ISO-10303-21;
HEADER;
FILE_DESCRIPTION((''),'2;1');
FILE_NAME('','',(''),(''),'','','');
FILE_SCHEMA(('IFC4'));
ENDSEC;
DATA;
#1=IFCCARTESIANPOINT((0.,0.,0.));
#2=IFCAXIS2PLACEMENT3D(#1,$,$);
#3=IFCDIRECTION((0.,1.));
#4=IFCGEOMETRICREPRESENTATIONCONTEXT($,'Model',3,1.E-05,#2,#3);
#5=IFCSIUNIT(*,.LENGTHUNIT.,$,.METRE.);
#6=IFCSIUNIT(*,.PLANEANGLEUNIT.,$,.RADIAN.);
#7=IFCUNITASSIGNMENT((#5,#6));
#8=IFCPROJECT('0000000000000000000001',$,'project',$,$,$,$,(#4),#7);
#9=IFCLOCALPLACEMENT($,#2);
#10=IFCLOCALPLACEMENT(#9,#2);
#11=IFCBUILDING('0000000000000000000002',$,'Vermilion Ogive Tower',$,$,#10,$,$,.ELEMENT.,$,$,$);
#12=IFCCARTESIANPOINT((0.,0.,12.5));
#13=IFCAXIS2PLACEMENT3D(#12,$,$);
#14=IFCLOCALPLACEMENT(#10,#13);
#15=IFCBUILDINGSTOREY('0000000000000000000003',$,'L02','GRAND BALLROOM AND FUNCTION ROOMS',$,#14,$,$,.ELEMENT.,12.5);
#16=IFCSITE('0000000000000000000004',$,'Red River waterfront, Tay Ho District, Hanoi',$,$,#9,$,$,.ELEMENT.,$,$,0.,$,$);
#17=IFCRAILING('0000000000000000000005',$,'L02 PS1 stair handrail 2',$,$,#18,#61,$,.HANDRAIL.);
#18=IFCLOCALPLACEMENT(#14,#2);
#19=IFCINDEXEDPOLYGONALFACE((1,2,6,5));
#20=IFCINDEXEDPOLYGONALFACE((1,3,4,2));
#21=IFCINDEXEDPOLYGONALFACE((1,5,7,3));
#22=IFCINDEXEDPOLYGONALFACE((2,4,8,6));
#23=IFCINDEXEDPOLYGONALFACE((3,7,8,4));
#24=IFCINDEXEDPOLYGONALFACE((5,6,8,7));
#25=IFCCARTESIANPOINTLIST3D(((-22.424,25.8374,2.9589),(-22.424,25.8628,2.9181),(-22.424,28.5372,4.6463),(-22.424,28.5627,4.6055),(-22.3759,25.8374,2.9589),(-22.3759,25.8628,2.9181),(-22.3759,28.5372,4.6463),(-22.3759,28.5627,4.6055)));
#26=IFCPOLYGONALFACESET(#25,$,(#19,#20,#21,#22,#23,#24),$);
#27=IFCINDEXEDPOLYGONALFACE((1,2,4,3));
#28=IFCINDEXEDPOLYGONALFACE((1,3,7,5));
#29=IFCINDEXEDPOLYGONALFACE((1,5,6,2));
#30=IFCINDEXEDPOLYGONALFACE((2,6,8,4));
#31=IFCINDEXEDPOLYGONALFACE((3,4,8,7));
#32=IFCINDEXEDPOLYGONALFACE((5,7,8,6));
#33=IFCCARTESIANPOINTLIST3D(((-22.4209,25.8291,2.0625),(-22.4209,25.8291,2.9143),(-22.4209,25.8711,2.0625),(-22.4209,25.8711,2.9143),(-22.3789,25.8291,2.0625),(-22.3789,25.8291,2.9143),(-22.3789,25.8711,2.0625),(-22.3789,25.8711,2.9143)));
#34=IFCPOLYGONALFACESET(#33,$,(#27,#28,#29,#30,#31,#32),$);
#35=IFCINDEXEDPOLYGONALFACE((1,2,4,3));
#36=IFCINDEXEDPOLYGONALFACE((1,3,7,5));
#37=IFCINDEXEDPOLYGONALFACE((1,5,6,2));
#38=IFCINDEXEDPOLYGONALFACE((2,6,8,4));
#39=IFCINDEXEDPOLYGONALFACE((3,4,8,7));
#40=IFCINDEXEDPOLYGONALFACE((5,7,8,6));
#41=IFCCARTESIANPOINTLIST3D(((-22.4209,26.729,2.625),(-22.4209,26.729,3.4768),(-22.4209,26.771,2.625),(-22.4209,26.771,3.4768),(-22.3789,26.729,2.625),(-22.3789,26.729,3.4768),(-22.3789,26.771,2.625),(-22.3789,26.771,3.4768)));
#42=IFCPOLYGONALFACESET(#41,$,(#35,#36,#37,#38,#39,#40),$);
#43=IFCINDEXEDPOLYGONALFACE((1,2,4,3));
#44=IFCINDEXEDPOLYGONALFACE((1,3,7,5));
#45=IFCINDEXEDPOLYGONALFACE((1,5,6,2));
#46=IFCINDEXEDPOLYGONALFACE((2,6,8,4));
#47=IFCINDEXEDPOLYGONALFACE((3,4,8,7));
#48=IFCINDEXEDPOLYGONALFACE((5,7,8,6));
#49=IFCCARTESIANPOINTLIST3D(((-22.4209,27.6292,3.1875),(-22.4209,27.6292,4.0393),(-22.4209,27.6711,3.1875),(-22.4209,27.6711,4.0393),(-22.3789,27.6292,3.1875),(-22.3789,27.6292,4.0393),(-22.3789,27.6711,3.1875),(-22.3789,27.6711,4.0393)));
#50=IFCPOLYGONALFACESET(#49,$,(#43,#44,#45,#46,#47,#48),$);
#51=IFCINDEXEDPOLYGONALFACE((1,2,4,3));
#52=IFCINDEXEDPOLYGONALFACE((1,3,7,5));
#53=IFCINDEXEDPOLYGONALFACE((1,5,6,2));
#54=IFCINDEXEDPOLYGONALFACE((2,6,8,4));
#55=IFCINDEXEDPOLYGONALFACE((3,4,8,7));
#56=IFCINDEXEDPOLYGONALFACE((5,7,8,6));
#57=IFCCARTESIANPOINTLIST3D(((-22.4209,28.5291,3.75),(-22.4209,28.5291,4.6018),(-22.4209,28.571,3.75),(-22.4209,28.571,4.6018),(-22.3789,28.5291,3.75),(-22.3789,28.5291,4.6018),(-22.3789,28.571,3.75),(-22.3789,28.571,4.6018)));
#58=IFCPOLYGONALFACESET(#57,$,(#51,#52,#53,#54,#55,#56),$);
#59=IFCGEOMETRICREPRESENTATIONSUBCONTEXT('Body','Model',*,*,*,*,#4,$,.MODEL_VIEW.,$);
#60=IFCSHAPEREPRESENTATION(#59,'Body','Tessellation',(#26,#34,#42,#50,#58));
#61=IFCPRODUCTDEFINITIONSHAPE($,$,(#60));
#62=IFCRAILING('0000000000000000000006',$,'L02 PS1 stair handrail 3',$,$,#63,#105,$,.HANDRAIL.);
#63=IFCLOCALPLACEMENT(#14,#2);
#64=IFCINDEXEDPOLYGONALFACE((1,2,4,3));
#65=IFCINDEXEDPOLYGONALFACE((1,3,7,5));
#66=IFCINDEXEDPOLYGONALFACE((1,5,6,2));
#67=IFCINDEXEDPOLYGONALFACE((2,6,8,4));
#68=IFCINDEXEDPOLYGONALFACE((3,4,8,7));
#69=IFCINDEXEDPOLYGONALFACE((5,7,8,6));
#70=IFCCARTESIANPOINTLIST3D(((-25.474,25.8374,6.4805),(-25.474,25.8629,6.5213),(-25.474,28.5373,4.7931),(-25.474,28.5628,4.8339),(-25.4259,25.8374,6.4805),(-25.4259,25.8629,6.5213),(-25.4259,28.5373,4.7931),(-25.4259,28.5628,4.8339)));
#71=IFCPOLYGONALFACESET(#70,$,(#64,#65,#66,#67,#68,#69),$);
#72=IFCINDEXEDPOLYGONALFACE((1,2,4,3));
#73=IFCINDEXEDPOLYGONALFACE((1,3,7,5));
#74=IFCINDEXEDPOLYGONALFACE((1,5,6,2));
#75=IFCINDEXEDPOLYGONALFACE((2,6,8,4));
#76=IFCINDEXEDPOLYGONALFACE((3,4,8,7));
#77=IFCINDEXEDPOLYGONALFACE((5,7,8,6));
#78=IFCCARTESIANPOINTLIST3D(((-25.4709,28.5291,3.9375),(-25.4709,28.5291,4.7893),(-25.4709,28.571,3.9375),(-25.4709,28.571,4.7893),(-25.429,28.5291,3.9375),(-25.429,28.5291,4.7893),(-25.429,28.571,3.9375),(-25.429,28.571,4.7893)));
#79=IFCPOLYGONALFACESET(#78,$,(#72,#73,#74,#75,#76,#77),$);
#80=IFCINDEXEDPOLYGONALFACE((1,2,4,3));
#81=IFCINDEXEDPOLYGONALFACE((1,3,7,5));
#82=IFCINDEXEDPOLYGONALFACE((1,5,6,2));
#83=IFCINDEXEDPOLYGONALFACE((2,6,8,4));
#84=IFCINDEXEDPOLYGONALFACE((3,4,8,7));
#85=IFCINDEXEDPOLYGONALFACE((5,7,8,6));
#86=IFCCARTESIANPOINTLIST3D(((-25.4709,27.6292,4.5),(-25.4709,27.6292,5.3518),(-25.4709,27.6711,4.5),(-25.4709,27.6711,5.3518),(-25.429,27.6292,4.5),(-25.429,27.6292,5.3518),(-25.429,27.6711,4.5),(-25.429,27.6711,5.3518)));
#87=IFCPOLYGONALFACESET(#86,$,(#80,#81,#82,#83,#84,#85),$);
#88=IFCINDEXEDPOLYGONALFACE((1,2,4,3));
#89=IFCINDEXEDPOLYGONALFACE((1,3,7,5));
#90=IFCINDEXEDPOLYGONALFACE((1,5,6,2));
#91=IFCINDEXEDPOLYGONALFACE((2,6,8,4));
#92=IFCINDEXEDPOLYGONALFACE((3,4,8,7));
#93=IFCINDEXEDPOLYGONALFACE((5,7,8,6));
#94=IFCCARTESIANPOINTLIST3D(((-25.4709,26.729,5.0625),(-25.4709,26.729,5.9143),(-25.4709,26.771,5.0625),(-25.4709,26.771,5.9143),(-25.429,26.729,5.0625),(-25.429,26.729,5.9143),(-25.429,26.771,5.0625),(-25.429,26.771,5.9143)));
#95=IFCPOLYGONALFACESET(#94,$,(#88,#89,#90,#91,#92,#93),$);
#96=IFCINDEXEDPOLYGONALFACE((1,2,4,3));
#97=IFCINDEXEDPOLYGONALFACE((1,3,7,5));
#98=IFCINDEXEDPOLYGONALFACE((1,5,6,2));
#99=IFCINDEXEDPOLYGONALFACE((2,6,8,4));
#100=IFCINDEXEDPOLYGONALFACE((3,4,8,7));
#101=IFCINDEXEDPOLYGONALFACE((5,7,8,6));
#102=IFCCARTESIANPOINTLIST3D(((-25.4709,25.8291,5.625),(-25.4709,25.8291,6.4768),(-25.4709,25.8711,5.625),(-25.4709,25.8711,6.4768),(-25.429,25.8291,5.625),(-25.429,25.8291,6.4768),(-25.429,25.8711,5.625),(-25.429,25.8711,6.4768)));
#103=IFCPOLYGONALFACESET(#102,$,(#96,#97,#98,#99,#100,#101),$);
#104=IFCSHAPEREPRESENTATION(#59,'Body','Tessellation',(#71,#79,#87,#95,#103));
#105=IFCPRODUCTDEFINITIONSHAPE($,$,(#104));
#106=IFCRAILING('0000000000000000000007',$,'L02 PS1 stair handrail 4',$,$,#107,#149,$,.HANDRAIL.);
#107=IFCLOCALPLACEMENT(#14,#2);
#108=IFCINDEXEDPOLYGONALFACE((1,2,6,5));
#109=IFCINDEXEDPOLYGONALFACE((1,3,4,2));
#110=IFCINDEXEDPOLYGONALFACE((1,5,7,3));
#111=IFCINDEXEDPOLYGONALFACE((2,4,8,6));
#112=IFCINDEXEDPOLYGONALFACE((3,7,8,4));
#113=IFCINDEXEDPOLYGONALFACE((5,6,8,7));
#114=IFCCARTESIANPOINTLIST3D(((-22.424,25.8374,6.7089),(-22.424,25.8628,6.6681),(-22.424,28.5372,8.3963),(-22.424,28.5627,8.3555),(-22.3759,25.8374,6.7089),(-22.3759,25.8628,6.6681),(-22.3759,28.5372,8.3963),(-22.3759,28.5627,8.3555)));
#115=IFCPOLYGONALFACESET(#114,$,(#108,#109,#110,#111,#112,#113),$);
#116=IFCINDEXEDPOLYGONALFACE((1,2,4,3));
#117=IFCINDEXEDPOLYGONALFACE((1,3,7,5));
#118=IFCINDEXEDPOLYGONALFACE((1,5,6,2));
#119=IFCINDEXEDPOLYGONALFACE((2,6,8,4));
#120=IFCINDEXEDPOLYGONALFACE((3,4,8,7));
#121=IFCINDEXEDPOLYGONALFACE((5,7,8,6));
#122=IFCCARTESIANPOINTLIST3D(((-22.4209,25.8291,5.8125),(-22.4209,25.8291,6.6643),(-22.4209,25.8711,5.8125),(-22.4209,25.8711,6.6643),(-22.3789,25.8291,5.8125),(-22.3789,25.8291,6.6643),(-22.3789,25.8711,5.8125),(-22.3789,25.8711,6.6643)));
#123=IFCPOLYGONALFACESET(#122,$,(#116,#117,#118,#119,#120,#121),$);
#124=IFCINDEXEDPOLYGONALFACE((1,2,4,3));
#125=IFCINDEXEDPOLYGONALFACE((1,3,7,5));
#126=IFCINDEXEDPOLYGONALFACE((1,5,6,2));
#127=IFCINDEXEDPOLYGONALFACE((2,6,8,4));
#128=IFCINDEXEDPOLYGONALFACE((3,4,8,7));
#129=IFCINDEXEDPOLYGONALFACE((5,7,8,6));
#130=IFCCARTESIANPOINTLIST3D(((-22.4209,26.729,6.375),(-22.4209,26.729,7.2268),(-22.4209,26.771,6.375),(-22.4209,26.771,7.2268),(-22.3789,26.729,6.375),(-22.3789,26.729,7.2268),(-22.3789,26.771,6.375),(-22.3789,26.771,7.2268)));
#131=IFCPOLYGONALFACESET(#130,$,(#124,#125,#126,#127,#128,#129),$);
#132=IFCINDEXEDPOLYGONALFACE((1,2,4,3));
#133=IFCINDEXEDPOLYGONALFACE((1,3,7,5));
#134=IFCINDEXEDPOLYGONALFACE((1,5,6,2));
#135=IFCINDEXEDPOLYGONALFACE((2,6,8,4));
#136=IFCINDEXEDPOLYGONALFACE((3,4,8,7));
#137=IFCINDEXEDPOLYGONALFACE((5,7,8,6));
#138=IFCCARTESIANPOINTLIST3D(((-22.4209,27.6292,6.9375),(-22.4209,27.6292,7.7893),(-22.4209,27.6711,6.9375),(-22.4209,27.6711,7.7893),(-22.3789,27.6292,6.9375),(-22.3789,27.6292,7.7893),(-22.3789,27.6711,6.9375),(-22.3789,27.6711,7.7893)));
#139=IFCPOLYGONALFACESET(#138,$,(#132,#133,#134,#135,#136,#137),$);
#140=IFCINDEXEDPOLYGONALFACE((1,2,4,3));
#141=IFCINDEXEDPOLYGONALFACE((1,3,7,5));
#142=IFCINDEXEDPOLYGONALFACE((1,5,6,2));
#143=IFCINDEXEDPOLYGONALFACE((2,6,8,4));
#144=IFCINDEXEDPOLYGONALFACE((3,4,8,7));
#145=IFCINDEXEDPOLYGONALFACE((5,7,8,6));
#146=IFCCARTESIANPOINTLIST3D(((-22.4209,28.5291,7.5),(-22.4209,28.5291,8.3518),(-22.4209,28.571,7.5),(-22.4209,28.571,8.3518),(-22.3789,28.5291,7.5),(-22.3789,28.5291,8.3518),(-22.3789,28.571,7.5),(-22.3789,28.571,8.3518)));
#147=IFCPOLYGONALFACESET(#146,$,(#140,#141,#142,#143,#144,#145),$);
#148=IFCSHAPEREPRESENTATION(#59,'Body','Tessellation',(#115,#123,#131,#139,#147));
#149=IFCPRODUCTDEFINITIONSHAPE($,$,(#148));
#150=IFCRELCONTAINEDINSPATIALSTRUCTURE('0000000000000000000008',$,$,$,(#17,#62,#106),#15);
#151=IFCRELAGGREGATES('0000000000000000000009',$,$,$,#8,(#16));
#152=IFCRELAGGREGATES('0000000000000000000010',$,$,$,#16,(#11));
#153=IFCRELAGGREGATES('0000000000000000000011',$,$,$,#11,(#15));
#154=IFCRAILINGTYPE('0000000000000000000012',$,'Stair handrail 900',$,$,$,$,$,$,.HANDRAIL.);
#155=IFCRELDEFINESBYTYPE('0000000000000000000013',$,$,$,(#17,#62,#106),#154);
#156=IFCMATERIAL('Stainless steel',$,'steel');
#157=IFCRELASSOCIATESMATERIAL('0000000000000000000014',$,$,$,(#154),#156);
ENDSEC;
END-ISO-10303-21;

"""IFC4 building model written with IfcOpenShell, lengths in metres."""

from ifc_helpers import new_model, si_unit, direction, frame, origin, origin_2d, place, context, subcontext, project, spatial, rectangle, extrude, material, type_object, element, save


model = new_model("IFC4")

# Units and contexts
model_context = context("Model", 3, precision=1e-05, world=origin(), true_north=direction((0.0, 1.0)))
body_context = subcontext(model_context, "Body", "Model", "MODEL_VIEW")
ifc_project = project(units=[si_unit("LENGTHUNIT", "METRE"), si_unit("PLANEANGLEUNIT", "RADIAN")], contexts=[model_context])

# Site, building, storey
site_placement = place(None, origin())
site = spatial("IfcSite", under=ifc_project, at=site_placement, Name="Red River waterfront, Tay Ho District, Hanoi", CompositionType="ELEMENT", RefElevation=0.0)
building_placement = place(site_placement, origin())
building = spatial("IfcBuilding", under=site, at=building_placement, Name="Vermilion Ogive Tower", CompositionType="ELEMENT")
storey_placement = place(building_placement, frame((0.0, 0.0, 12.5)))
storey = spatial("IfcBuildingStorey", under=building, at=storey_placement, Name="L02", Description="GRAND BALLROOM AND FUNCTION ROOMS", CompositionType="ELEMENT", Elevation=12.5)

# Railings
ifc_material_1 = material(Name="Stainless steel", Category="steel")
railing_type_1 = type_object("IfcRailingType", Name="Stair handrail 900", PredefinedType="HANDRAIL", material=ifc_material_1)
railing_1_placement = place(storey_placement, frame((-22.3999, 25.8501, 2.0625)))
element("IfcRailing", 1, at=railing_1_placement, inside=storey, type_object=railing_type_1, Name="L02 PS1 stair handrail 2", PredefinedType="HANDRAIL", context=body_context, shape_type="SweptSolid", body=[
    extrude(rectangle(XDim=0.0481, YDim=0.0481, at=origin_2d()), frame((0.0, 0.0, 0.876), z_axis=(0.0, 0.847994, 0.530006), x_axis=(-1.0, 0.0, 0.0)), (0.0, 0.0, 1.0), 3.1838),
    extrude(rectangle(XDim=0.042, YDim=0.042, at=origin_2d()), origin(), (0.0, 0.0, 1.0), 0.8518),
    extrude(rectangle(XDim=0.042, YDim=0.042, at=origin_2d()), frame((0.0, 0.8999, 0.5625)), (0.0, 0.0, 1.0), 0.8518),
    extrude(rectangle(XDim=0.042, YDim=0.042, at=origin_2d()), frame((0.0, 1.8, 1.125)), (0.0, 0.0, 1.0), 0.8518),
    extrude(rectangle(XDim=0.042, YDim=0.042, at=origin_2d()), frame((0.0, 2.7, 1.6875)), (0.0, 0.0, 1.0), 0.8518),
])
railing_2_placement = place(storey_placement, frame((-25.45, 28.55, 3.9375)))
element("IfcRailing", 2, at=railing_2_placement, inside=storey, type_object=railing_type_1, Name="L02 PS1 stair handrail 3", PredefinedType="HANDRAIL", context=body_context, shape_type="SweptSolid", body=[
    extrude(rectangle(XDim=0.0481, YDim=0.0481, at=origin_2d()), frame((0.0, 0.0, 0.876), z_axis=(0.0, -0.847994, 0.530006), x_axis=(1.0, 0.0, 0.0)), (0.0, 0.0, 1.0), 3.1838),
    extrude(rectangle(XDim=0.042, YDim=0.042, at=origin_2d()), origin(), (0.0, 0.0, 1.0), 0.8518),
    extrude(rectangle(XDim=0.042, YDim=0.042, at=origin_2d()), frame((0.0, -0.8999, 0.5625)), (0.0, 0.0, 1.0), 0.8518),
    extrude(rectangle(XDim=0.042, YDim=0.042, at=origin_2d()), frame((0.0, -1.8, 1.125)), (0.0, 0.0, 1.0), 0.8518),
    extrude(rectangle(XDim=0.042, YDim=0.042, at=origin_2d()), frame((0.0, -2.7, 1.6875)), (0.0, 0.0, 1.0), 0.8518),
])
railing_3_placement = place(storey_placement, frame((-22.3999, 25.8501, 5.8125)))
element("IfcRailing", 3, at=railing_3_placement, inside=storey, type_object=railing_type_1, Name="L02 PS1 stair handrail 4", PredefinedType="HANDRAIL", context=body_context, shape_type="SweptSolid", body=[
    extrude(rectangle(XDim=0.0481, YDim=0.0481, at=origin_2d()), frame((0.0, 0.0, 0.876), z_axis=(0.0, 0.847994, 0.530006), x_axis=(-1.0, 0.0, 0.0)), (0.0, 0.0, 1.0), 3.1838),
    extrude(rectangle(XDim=0.042, YDim=0.042, at=origin_2d()), origin(), (0.0, 0.0, 1.0), 0.8518),
    extrude(rectangle(XDim=0.042, YDim=0.042, at=origin_2d()), frame((0.0, 0.8999, 0.5625)), (0.0, 0.0, 1.0), 0.8518),
    extrude(rectangle(XDim=0.042, YDim=0.042, at=origin_2d()), frame((0.0, 1.8, 1.125)), (0.0, 0.0, 1.0), 0.8518),
    extrude(rectangle(XDim=0.042, YDim=0.042, at=origin_2d()), frame((0.0, 2.7, 1.6875)), (0.0, 0.0, 1.0), 0.8518),
])

save(model, "model.ifc")
